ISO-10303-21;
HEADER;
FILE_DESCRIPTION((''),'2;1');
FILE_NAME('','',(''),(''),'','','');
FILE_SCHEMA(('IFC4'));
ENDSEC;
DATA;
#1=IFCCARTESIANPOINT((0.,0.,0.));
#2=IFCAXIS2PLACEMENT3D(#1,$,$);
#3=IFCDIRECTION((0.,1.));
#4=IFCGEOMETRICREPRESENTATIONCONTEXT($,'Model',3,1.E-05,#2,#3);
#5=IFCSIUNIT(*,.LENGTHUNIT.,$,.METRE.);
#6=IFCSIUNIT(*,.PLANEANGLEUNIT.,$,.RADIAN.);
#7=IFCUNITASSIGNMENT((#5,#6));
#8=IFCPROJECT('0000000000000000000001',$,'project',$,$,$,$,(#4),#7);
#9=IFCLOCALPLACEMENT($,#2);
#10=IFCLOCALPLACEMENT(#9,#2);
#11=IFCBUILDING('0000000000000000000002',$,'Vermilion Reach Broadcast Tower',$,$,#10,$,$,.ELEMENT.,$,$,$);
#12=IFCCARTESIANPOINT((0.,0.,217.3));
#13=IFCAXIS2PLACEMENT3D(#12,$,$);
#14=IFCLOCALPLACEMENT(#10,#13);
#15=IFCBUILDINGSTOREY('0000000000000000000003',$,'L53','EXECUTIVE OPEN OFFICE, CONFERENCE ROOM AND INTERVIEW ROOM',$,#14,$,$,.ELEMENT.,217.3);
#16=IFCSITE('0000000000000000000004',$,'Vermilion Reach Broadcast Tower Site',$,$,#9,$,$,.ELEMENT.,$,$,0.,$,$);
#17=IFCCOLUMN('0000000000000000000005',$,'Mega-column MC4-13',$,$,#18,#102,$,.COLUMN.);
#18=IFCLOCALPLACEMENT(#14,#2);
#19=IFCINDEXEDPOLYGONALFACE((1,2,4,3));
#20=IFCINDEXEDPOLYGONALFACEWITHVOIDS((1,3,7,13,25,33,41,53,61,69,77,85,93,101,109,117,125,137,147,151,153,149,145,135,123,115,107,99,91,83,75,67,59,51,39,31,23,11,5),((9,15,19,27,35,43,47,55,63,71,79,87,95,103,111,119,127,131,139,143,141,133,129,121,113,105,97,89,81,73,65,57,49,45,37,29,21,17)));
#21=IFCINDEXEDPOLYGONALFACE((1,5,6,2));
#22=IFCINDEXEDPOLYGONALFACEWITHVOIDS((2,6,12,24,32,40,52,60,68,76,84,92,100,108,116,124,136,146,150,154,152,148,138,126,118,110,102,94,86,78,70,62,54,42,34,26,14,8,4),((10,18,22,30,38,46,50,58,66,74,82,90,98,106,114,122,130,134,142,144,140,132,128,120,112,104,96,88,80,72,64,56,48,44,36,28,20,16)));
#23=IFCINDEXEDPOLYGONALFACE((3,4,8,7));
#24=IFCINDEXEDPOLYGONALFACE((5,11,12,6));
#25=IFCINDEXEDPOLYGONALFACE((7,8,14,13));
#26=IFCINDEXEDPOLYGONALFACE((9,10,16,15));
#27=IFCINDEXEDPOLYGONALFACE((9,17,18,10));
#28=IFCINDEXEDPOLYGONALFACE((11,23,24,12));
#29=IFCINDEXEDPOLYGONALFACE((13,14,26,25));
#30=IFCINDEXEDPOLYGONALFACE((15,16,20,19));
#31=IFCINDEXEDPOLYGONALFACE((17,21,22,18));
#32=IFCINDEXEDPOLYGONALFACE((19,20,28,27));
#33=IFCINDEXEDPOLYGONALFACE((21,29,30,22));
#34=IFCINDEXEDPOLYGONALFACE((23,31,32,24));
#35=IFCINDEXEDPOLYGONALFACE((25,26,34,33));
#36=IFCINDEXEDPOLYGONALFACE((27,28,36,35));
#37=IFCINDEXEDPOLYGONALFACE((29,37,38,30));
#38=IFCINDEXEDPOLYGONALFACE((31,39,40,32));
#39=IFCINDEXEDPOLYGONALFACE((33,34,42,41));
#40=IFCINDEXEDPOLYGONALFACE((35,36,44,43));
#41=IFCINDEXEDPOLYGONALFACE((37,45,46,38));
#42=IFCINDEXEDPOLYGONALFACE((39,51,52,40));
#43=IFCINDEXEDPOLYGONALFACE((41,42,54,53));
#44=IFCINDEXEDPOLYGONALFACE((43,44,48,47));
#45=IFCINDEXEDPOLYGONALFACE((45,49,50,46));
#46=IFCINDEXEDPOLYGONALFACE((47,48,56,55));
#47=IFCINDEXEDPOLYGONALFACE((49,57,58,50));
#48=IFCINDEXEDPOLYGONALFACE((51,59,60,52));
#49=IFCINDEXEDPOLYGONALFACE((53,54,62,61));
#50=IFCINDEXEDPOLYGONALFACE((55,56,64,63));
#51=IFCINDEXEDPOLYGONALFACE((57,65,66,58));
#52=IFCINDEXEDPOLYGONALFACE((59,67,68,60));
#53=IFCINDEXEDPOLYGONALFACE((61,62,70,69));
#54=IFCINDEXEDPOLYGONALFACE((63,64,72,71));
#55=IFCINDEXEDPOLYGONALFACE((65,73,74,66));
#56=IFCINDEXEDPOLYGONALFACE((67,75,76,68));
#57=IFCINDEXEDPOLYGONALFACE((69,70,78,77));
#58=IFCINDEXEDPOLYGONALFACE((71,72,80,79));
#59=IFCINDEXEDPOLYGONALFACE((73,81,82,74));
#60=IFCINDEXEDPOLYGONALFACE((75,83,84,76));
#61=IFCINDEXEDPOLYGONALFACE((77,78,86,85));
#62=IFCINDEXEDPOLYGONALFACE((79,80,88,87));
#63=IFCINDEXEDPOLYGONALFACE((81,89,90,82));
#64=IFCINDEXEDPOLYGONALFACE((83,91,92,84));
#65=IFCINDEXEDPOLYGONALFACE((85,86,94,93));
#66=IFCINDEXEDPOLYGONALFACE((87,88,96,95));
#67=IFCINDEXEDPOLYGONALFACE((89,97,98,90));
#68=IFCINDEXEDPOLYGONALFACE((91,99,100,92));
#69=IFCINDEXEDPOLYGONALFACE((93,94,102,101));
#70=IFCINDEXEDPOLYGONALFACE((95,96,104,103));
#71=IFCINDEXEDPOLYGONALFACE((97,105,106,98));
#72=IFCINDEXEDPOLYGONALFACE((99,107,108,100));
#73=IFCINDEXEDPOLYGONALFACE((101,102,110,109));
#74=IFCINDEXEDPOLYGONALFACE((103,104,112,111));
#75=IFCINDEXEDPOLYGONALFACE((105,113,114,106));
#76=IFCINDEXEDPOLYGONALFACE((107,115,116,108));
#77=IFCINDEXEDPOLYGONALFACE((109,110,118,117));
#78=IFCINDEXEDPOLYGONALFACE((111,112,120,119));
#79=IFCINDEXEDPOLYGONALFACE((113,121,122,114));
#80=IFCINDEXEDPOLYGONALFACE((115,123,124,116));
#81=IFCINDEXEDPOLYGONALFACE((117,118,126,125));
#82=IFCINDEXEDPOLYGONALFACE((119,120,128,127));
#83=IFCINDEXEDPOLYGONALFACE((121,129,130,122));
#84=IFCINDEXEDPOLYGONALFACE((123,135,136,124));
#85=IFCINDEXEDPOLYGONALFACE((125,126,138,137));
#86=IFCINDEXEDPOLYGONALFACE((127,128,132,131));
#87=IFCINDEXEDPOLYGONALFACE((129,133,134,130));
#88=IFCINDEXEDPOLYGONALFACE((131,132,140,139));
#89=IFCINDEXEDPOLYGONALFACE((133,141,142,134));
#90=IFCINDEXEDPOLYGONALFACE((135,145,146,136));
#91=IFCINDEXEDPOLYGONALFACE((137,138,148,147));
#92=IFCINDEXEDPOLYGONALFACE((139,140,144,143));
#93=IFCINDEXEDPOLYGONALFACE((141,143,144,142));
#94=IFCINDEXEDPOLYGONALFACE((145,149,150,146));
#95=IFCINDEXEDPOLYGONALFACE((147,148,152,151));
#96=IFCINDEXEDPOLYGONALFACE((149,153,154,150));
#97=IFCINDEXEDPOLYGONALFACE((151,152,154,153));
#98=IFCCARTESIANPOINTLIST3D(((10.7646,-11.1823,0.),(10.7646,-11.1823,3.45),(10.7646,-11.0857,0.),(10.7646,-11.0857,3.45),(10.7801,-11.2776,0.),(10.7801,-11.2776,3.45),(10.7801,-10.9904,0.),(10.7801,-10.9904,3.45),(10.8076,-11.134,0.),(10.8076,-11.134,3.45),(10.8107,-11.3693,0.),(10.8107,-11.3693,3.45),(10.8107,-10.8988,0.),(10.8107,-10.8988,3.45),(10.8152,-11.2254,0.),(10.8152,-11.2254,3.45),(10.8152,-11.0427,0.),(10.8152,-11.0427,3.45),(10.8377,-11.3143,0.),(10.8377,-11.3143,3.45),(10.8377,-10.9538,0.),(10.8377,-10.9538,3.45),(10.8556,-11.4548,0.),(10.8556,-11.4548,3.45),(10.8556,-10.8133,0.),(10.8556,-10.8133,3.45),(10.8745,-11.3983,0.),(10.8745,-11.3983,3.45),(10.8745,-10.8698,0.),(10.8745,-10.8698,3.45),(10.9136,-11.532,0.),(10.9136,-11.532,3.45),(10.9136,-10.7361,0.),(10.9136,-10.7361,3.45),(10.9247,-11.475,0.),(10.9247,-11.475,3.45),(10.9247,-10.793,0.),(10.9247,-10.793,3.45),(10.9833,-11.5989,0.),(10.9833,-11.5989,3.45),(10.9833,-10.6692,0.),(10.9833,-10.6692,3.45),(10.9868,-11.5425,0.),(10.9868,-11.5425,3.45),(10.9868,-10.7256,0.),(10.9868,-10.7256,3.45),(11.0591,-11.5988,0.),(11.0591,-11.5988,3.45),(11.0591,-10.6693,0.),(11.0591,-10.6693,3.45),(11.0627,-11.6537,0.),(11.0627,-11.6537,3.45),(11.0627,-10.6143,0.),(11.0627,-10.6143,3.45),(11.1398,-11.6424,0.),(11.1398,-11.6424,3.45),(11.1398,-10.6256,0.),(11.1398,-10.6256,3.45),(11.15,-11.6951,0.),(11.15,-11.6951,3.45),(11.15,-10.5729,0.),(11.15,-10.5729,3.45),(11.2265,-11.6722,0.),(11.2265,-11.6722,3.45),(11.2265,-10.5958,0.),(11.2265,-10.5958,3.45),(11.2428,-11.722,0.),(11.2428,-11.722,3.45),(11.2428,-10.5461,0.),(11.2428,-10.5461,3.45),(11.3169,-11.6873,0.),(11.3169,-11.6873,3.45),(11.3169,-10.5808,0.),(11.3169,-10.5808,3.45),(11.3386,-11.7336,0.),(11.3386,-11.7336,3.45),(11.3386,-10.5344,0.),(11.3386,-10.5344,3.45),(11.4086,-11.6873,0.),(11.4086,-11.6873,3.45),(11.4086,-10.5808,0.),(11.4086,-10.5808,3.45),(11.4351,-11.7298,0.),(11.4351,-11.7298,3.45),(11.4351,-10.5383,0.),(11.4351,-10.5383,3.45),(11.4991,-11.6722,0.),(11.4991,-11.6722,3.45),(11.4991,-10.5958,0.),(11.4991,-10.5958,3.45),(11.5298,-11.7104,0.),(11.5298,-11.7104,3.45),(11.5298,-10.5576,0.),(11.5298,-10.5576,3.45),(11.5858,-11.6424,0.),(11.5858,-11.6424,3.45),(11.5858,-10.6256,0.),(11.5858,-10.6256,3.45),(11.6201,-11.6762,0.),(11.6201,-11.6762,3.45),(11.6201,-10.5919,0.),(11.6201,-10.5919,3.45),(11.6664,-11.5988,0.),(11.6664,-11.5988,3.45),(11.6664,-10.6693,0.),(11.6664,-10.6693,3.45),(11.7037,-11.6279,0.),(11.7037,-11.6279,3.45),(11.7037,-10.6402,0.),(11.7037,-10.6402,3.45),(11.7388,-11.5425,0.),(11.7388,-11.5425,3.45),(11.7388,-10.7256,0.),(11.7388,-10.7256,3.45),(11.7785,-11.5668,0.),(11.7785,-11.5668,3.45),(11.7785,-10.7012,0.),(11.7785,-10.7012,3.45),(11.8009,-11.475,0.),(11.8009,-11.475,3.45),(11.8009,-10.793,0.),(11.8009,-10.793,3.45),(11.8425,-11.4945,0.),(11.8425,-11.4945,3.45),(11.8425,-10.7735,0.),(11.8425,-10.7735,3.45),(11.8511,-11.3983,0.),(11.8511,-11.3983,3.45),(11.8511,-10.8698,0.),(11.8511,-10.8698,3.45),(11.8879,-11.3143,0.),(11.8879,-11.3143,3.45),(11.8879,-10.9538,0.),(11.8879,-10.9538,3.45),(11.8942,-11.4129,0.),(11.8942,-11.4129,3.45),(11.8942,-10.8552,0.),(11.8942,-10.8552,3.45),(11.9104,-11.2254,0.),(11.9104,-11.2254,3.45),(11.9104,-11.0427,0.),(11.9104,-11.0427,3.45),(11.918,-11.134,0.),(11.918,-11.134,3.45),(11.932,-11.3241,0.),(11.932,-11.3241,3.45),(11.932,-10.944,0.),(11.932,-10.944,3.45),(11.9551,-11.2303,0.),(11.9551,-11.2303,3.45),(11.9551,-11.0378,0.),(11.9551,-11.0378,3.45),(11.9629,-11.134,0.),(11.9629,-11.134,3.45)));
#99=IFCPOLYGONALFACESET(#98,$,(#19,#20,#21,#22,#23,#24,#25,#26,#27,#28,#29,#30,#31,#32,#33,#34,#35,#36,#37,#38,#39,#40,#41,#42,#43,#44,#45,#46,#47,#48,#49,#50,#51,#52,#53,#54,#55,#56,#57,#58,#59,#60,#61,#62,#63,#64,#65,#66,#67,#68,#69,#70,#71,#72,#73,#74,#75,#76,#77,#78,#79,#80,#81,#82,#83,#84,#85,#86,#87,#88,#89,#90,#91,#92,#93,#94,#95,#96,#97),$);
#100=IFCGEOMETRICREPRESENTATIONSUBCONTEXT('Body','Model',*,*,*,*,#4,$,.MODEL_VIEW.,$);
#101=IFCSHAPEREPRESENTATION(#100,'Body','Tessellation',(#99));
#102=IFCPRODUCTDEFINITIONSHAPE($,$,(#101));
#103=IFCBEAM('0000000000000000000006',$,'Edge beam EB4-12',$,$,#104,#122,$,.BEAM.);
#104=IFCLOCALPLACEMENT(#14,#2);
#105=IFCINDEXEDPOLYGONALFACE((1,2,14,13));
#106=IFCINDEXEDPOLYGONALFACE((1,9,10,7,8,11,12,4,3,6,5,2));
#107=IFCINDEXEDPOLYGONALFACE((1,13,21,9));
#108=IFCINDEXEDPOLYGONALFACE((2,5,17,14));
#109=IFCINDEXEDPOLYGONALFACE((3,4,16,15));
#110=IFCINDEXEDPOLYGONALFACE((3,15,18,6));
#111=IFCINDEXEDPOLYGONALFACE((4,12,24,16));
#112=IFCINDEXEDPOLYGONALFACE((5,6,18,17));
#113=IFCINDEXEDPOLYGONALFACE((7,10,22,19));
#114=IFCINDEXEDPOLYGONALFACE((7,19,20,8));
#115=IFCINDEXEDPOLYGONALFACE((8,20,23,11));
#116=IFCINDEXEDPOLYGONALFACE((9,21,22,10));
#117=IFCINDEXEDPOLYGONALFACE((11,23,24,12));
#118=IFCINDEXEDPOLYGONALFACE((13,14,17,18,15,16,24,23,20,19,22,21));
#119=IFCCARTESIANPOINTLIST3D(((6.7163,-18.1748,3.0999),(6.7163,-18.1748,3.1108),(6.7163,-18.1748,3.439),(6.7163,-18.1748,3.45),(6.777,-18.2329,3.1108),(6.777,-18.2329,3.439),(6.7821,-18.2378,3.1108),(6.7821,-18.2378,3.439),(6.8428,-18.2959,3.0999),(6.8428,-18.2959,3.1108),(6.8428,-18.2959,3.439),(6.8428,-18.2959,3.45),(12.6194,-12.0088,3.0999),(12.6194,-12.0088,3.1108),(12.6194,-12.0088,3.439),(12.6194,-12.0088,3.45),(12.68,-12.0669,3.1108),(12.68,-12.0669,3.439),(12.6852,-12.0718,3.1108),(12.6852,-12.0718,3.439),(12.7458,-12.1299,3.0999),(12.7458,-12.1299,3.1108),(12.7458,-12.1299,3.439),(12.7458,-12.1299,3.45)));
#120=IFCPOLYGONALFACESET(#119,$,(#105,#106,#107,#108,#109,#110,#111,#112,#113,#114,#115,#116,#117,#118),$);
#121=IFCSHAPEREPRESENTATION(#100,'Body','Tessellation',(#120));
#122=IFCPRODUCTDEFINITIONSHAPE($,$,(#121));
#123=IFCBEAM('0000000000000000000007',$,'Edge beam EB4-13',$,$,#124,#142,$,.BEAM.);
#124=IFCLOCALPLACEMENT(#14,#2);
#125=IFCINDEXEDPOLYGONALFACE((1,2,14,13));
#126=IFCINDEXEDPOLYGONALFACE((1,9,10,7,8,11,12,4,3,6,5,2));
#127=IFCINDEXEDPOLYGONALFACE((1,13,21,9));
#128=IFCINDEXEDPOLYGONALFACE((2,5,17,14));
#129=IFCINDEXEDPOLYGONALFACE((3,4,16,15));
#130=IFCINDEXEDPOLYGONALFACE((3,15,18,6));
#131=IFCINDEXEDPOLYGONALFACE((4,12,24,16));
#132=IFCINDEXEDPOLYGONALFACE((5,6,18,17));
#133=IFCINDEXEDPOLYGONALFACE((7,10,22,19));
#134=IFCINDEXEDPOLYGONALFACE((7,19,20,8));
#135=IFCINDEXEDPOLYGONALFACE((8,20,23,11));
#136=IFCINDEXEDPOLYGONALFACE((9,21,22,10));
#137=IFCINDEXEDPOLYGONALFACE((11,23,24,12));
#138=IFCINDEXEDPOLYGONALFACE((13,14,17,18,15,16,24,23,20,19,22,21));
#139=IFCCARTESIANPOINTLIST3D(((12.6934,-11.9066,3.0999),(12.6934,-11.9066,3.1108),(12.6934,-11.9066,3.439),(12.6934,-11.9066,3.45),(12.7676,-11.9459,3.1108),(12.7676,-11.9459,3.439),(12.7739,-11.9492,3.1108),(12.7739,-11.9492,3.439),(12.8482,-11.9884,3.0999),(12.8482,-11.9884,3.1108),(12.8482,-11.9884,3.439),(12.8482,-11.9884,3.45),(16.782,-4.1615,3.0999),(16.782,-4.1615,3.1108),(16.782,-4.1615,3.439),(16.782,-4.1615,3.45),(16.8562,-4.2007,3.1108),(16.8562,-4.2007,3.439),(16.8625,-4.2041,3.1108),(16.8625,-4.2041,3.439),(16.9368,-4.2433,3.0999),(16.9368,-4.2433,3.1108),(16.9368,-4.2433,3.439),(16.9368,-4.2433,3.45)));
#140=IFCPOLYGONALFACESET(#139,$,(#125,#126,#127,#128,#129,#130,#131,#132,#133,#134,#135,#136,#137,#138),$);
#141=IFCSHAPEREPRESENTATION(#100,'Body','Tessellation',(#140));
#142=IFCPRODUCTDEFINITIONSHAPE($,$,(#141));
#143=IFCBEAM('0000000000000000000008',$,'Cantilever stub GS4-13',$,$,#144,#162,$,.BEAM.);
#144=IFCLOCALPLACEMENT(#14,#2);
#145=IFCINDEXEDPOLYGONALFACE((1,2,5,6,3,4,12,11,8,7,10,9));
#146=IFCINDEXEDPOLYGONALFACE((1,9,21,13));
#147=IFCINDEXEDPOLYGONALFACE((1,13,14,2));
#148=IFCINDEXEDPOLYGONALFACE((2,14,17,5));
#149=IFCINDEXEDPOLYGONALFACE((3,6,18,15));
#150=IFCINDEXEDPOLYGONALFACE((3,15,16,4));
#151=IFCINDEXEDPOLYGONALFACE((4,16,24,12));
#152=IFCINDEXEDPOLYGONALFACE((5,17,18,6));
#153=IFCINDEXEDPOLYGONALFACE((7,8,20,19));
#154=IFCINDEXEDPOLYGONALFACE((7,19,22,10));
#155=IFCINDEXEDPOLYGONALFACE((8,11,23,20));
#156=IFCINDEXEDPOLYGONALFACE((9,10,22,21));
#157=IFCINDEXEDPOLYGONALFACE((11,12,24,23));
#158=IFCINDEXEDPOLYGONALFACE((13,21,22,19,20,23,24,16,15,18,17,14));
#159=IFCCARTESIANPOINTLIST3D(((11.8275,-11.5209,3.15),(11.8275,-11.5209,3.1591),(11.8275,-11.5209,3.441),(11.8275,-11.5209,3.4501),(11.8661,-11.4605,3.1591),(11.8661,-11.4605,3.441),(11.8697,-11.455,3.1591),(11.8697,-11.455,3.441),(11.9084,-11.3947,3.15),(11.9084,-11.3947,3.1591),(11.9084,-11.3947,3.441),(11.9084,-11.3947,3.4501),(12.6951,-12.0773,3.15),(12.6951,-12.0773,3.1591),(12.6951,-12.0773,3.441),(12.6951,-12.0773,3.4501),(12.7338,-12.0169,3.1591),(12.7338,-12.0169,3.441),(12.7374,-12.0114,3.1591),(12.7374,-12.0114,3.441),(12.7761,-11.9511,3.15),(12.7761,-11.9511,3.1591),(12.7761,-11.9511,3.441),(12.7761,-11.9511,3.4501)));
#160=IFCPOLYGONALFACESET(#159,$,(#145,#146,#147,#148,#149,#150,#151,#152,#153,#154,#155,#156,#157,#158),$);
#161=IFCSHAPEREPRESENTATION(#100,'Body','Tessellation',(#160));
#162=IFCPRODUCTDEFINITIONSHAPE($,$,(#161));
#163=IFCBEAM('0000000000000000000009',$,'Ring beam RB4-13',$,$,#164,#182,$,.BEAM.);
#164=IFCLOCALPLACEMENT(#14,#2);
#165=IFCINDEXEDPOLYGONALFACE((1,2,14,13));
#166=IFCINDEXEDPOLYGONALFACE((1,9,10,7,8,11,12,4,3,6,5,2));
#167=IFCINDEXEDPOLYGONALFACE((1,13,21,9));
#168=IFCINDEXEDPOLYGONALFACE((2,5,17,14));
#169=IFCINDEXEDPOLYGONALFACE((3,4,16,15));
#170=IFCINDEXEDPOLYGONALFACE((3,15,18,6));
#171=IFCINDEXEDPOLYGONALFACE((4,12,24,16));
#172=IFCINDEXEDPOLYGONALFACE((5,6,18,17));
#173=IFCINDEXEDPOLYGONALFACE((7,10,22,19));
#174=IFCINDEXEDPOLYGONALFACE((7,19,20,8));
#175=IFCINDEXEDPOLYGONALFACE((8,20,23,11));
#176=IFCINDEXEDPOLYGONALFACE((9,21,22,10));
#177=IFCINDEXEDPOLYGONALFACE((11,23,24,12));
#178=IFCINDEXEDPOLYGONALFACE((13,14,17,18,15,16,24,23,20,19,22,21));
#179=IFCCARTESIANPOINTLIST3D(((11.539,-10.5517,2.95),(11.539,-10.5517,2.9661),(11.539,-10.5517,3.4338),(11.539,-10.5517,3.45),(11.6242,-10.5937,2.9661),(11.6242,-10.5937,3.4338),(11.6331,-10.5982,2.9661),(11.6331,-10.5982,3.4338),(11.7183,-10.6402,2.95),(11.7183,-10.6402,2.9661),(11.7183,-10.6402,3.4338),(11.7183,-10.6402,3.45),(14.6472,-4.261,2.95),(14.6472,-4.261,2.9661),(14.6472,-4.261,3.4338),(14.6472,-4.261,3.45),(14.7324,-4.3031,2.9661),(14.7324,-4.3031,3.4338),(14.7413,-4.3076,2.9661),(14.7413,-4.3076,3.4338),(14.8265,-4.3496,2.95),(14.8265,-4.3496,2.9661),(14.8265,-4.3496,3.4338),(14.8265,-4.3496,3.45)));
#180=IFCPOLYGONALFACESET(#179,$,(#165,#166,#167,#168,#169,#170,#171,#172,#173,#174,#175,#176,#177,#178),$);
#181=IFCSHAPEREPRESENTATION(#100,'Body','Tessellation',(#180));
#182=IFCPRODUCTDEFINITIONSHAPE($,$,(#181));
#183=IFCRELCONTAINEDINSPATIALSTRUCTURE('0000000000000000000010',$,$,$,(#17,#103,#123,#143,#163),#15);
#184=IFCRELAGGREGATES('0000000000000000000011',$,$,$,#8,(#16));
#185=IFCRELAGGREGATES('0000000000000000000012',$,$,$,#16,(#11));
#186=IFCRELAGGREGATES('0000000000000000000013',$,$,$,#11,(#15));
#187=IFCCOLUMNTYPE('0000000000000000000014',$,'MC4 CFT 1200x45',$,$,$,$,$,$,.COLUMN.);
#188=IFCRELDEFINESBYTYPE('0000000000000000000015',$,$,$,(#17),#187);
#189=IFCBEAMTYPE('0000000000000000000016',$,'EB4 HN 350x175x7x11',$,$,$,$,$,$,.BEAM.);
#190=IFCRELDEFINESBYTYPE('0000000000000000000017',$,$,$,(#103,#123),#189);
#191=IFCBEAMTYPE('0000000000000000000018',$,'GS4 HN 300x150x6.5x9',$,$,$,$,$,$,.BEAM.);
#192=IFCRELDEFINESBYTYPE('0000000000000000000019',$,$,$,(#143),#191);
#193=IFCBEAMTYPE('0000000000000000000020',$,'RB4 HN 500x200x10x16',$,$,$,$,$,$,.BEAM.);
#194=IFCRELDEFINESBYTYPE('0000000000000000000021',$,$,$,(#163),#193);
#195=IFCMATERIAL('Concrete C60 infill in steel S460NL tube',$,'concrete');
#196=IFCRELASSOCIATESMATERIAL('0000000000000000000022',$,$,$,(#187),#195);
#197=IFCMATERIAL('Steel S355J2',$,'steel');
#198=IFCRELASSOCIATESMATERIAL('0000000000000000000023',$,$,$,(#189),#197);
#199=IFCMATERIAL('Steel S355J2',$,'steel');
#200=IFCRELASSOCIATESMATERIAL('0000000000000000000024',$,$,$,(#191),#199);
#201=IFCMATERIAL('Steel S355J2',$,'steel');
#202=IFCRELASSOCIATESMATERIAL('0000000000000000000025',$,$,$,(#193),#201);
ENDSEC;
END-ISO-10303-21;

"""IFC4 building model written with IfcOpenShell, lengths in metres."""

from ifc_helpers import new_model, si_unit, direction, frame, origin, origin_2d, place, context, subcontext, project, spatial, hollow_circle, i_section, extrude, material, material_profile, profile_set, type_object, element, save


model = new_model("IFC4")

# Units and contexts
model_context = context("Model", 3, precision=1e-05, world=origin(), true_north=direction((0.0, 1.0)))
body_context = subcontext(model_context, "Body", "Model", "MODEL_VIEW")
ifc_project = project(units=[si_unit("LENGTHUNIT", "METRE"), si_unit("PLANEANGLEUNIT", "RADIAN")], contexts=[model_context])

# Site, building, storey
site_placement = place(None, origin())
site = spatial("IfcSite", under=ifc_project, at=site_placement, Name="Vermilion Reach Broadcast Tower Site", CompositionType="ELEMENT", RefElevation=0.0)
building_placement = place(site_placement, origin())
building = spatial("IfcBuilding", under=site, at=building_placement, Name="Vermilion Reach Broadcast Tower", CompositionType="ELEMENT")
storey_placement = place(building_placement, frame((0.0, 0.0, 217.3)))
storey = spatial("IfcBuildingStorey", under=building, at=storey_placement, Name="L53", Description="EXECUTIVE OPEN OFFICE, CONFERENCE ROOM AND INTERVIEW ROOM", CompositionType="ELEMENT", Elevation=217.3)

# Column
ifc_material_1 = material(Name="Concrete C60 infill in steel S460NL tube", Category="concrete")
ifc_material_profile_1 = material_profile(ifc_material_1, hollow_circle(Radius=0.6001, WallThickness=0.0449, at=origin_2d()), Name="Concrete C60 infill in steel S460NL tube CFT 1200x45")
ifc_profile_set_1 = profile_set([ifc_material_profile_1], Name="Concrete C60 infill in steel S460NL tube")
column_type = type_object("IfcColumnType", Name="MC4 CFT 1200x45", PredefinedType="COLUMN", material=ifc_profile_set_1)
column_placement = place(storey_placement, frame((11.3628, -11.134, 0.0), z_axis=(0.0, 0.0, 1.0), x_axis=(1.0, 0.0, 0.0)))
element("IfcColumn", 1, at=column_placement, inside=storey, type_object=column_type, Name="Mega-column MC4-13", PredefinedType="COLUMN", context=body_context, shape_type="SweptSolid", body=[
    extrude(hollow_circle(Radius=0.6001, WallThickness=0.0449, at=origin_2d()), origin(), (0.0, 0.0, 1.0), 3.45),
])

# Beams
ifc_material_2 = material(Name="Steel S355J2", Category="steel")
ifc_material_profile_2 = material_profile(ifc_material_2, i_section(OverallWidth=0.175, OverallDepth=0.3501, WebThickness=0.0071, FlangeThickness=0.011, at=origin_2d()), Name="S355J2 HN 350x175x7x11")
ifc_profile_set_2 = profile_set([ifc_material_profile_2], Name="Steel S355J2")
beam_type_1 = type_object("IfcBeamType", Name="EB4 HN 350x175x7x11", PredefinedType="BEAM", material=ifc_profile_set_2)
beam_1_placement = place(storey_placement, frame((6.7795, -18.2354, 3.2749), z_axis=(0.691538, 0.722341, 0.0), x_axis=(-0.722341, 0.691538, 0.0)))
element("IfcBeam", 2, at=beam_1_placement, inside=storey, type_object=beam_type_1, Name="Edge beam EB4-12", PredefinedType="BEAM", context=body_context, shape_type="SweptSolid", body=[
    extrude(i_section(OverallWidth=0.175, OverallDepth=0.3501, WebThickness=0.0071, FlangeThickness=0.011, at=origin_2d()), origin(), (0.0, 0.0, 1.0), 8.5361),
])
beam_2_placement = place(storey_placement, frame((12.7708, -11.9475, 3.2749), z_axis=(0.466841, 0.884341, 0.0), x_axis=(-0.884341, 0.466841, 0.0)))
element("IfcBeam", 3, at=beam_2_placement, inside=storey, type_object=beam_type_1, Name="Edge beam EB4-13", PredefinedType="BEAM", context=body_context, shape_type="SweptSolid", body=[
    extrude(i_section(OverallWidth=0.175, OverallDepth=0.3501, WebThickness=0.0071, FlangeThickness=0.011, at=origin_2d()), origin(), (0.0, 0.0, 1.0), 8.7581),
])
ifc_material_3 = material(Name="Steel S355J2", Category="steel")
ifc_material_profile_3 = material_profile(ifc_material_3, i_section(OverallWidth=0.1499, OverallDepth=0.3, WebThickness=0.0066, FlangeThickness=0.009, at=origin_2d()), Name="S355J2 HN 300x150x6.5x9")
ifc_profile_set_3 = profile_set([ifc_material_profile_3], Name="Steel S355J2")
beam_type_2 = type_object("IfcBeamType", Name="GS4 HN 300x150x6.5x9", PredefinedType="BEAM", material=ifc_profile_set_3)
beam_3_placement = place(storey_placement, frame((11.8679, -11.4578, 3.3), z_axis=(0.841794, -0.5398, 0.0), x_axis=(0.5398, 0.841794, 0.0)))
element("IfcBeam", 4, at=beam_3_placement, inside=storey, type_object=beam_type_2, Name="Cantilever stub GS4-13", PredefinedType="BEAM", context=body_context, shape_type="SweptSolid", body=[
    extrude(i_section(OverallWidth=0.1499, OverallDepth=0.3, WebThickness=0.0066, FlangeThickness=0.009, at=origin_2d()), origin(), (0.0, 0.0, 1.0), 1.0308),
])
ifc_material_4 = material(Name="Steel S355J2", Category="steel")
ifc_material_profile_4 = material_profile(ifc_material_4, i_section(OverallWidth=0.2, OverallDepth=0.5, WebThickness=0.01, FlangeThickness=0.0161, at=origin_2d()), Name="S355J2 HN 500x200x10x16")
ifc_profile_set_4 = profile_set([ifc_material_profile_4], Name="Steel S355J2")
beam_type_3 = type_object("IfcBeamType", Name="RB4 HN 500x200x10x16", PredefinedType="BEAM", material=ifc_profile_set_4)
beam_4_placement = place(storey_placement, frame((11.6287, -10.5959, 3.2), z_axis=(0.442977, 0.896533, 0.0), x_axis=(-0.896533, 0.442977, 0.0)))
element("IfcBeam", 5, at=beam_4_placement, inside=storey, type_object=beam_type_3, Name="Ring beam RB4-13", PredefinedType="BEAM", context=body_context, shape_type="SweptSolid", body=[
    extrude(i_section(OverallWidth=0.2, OverallDepth=0.5, WebThickness=0.01, FlangeThickness=0.0161, at=origin_2d()), origin(), (0.0, 0.0, 1.0), 7.0166),
])

save(model, "model.ifc")
